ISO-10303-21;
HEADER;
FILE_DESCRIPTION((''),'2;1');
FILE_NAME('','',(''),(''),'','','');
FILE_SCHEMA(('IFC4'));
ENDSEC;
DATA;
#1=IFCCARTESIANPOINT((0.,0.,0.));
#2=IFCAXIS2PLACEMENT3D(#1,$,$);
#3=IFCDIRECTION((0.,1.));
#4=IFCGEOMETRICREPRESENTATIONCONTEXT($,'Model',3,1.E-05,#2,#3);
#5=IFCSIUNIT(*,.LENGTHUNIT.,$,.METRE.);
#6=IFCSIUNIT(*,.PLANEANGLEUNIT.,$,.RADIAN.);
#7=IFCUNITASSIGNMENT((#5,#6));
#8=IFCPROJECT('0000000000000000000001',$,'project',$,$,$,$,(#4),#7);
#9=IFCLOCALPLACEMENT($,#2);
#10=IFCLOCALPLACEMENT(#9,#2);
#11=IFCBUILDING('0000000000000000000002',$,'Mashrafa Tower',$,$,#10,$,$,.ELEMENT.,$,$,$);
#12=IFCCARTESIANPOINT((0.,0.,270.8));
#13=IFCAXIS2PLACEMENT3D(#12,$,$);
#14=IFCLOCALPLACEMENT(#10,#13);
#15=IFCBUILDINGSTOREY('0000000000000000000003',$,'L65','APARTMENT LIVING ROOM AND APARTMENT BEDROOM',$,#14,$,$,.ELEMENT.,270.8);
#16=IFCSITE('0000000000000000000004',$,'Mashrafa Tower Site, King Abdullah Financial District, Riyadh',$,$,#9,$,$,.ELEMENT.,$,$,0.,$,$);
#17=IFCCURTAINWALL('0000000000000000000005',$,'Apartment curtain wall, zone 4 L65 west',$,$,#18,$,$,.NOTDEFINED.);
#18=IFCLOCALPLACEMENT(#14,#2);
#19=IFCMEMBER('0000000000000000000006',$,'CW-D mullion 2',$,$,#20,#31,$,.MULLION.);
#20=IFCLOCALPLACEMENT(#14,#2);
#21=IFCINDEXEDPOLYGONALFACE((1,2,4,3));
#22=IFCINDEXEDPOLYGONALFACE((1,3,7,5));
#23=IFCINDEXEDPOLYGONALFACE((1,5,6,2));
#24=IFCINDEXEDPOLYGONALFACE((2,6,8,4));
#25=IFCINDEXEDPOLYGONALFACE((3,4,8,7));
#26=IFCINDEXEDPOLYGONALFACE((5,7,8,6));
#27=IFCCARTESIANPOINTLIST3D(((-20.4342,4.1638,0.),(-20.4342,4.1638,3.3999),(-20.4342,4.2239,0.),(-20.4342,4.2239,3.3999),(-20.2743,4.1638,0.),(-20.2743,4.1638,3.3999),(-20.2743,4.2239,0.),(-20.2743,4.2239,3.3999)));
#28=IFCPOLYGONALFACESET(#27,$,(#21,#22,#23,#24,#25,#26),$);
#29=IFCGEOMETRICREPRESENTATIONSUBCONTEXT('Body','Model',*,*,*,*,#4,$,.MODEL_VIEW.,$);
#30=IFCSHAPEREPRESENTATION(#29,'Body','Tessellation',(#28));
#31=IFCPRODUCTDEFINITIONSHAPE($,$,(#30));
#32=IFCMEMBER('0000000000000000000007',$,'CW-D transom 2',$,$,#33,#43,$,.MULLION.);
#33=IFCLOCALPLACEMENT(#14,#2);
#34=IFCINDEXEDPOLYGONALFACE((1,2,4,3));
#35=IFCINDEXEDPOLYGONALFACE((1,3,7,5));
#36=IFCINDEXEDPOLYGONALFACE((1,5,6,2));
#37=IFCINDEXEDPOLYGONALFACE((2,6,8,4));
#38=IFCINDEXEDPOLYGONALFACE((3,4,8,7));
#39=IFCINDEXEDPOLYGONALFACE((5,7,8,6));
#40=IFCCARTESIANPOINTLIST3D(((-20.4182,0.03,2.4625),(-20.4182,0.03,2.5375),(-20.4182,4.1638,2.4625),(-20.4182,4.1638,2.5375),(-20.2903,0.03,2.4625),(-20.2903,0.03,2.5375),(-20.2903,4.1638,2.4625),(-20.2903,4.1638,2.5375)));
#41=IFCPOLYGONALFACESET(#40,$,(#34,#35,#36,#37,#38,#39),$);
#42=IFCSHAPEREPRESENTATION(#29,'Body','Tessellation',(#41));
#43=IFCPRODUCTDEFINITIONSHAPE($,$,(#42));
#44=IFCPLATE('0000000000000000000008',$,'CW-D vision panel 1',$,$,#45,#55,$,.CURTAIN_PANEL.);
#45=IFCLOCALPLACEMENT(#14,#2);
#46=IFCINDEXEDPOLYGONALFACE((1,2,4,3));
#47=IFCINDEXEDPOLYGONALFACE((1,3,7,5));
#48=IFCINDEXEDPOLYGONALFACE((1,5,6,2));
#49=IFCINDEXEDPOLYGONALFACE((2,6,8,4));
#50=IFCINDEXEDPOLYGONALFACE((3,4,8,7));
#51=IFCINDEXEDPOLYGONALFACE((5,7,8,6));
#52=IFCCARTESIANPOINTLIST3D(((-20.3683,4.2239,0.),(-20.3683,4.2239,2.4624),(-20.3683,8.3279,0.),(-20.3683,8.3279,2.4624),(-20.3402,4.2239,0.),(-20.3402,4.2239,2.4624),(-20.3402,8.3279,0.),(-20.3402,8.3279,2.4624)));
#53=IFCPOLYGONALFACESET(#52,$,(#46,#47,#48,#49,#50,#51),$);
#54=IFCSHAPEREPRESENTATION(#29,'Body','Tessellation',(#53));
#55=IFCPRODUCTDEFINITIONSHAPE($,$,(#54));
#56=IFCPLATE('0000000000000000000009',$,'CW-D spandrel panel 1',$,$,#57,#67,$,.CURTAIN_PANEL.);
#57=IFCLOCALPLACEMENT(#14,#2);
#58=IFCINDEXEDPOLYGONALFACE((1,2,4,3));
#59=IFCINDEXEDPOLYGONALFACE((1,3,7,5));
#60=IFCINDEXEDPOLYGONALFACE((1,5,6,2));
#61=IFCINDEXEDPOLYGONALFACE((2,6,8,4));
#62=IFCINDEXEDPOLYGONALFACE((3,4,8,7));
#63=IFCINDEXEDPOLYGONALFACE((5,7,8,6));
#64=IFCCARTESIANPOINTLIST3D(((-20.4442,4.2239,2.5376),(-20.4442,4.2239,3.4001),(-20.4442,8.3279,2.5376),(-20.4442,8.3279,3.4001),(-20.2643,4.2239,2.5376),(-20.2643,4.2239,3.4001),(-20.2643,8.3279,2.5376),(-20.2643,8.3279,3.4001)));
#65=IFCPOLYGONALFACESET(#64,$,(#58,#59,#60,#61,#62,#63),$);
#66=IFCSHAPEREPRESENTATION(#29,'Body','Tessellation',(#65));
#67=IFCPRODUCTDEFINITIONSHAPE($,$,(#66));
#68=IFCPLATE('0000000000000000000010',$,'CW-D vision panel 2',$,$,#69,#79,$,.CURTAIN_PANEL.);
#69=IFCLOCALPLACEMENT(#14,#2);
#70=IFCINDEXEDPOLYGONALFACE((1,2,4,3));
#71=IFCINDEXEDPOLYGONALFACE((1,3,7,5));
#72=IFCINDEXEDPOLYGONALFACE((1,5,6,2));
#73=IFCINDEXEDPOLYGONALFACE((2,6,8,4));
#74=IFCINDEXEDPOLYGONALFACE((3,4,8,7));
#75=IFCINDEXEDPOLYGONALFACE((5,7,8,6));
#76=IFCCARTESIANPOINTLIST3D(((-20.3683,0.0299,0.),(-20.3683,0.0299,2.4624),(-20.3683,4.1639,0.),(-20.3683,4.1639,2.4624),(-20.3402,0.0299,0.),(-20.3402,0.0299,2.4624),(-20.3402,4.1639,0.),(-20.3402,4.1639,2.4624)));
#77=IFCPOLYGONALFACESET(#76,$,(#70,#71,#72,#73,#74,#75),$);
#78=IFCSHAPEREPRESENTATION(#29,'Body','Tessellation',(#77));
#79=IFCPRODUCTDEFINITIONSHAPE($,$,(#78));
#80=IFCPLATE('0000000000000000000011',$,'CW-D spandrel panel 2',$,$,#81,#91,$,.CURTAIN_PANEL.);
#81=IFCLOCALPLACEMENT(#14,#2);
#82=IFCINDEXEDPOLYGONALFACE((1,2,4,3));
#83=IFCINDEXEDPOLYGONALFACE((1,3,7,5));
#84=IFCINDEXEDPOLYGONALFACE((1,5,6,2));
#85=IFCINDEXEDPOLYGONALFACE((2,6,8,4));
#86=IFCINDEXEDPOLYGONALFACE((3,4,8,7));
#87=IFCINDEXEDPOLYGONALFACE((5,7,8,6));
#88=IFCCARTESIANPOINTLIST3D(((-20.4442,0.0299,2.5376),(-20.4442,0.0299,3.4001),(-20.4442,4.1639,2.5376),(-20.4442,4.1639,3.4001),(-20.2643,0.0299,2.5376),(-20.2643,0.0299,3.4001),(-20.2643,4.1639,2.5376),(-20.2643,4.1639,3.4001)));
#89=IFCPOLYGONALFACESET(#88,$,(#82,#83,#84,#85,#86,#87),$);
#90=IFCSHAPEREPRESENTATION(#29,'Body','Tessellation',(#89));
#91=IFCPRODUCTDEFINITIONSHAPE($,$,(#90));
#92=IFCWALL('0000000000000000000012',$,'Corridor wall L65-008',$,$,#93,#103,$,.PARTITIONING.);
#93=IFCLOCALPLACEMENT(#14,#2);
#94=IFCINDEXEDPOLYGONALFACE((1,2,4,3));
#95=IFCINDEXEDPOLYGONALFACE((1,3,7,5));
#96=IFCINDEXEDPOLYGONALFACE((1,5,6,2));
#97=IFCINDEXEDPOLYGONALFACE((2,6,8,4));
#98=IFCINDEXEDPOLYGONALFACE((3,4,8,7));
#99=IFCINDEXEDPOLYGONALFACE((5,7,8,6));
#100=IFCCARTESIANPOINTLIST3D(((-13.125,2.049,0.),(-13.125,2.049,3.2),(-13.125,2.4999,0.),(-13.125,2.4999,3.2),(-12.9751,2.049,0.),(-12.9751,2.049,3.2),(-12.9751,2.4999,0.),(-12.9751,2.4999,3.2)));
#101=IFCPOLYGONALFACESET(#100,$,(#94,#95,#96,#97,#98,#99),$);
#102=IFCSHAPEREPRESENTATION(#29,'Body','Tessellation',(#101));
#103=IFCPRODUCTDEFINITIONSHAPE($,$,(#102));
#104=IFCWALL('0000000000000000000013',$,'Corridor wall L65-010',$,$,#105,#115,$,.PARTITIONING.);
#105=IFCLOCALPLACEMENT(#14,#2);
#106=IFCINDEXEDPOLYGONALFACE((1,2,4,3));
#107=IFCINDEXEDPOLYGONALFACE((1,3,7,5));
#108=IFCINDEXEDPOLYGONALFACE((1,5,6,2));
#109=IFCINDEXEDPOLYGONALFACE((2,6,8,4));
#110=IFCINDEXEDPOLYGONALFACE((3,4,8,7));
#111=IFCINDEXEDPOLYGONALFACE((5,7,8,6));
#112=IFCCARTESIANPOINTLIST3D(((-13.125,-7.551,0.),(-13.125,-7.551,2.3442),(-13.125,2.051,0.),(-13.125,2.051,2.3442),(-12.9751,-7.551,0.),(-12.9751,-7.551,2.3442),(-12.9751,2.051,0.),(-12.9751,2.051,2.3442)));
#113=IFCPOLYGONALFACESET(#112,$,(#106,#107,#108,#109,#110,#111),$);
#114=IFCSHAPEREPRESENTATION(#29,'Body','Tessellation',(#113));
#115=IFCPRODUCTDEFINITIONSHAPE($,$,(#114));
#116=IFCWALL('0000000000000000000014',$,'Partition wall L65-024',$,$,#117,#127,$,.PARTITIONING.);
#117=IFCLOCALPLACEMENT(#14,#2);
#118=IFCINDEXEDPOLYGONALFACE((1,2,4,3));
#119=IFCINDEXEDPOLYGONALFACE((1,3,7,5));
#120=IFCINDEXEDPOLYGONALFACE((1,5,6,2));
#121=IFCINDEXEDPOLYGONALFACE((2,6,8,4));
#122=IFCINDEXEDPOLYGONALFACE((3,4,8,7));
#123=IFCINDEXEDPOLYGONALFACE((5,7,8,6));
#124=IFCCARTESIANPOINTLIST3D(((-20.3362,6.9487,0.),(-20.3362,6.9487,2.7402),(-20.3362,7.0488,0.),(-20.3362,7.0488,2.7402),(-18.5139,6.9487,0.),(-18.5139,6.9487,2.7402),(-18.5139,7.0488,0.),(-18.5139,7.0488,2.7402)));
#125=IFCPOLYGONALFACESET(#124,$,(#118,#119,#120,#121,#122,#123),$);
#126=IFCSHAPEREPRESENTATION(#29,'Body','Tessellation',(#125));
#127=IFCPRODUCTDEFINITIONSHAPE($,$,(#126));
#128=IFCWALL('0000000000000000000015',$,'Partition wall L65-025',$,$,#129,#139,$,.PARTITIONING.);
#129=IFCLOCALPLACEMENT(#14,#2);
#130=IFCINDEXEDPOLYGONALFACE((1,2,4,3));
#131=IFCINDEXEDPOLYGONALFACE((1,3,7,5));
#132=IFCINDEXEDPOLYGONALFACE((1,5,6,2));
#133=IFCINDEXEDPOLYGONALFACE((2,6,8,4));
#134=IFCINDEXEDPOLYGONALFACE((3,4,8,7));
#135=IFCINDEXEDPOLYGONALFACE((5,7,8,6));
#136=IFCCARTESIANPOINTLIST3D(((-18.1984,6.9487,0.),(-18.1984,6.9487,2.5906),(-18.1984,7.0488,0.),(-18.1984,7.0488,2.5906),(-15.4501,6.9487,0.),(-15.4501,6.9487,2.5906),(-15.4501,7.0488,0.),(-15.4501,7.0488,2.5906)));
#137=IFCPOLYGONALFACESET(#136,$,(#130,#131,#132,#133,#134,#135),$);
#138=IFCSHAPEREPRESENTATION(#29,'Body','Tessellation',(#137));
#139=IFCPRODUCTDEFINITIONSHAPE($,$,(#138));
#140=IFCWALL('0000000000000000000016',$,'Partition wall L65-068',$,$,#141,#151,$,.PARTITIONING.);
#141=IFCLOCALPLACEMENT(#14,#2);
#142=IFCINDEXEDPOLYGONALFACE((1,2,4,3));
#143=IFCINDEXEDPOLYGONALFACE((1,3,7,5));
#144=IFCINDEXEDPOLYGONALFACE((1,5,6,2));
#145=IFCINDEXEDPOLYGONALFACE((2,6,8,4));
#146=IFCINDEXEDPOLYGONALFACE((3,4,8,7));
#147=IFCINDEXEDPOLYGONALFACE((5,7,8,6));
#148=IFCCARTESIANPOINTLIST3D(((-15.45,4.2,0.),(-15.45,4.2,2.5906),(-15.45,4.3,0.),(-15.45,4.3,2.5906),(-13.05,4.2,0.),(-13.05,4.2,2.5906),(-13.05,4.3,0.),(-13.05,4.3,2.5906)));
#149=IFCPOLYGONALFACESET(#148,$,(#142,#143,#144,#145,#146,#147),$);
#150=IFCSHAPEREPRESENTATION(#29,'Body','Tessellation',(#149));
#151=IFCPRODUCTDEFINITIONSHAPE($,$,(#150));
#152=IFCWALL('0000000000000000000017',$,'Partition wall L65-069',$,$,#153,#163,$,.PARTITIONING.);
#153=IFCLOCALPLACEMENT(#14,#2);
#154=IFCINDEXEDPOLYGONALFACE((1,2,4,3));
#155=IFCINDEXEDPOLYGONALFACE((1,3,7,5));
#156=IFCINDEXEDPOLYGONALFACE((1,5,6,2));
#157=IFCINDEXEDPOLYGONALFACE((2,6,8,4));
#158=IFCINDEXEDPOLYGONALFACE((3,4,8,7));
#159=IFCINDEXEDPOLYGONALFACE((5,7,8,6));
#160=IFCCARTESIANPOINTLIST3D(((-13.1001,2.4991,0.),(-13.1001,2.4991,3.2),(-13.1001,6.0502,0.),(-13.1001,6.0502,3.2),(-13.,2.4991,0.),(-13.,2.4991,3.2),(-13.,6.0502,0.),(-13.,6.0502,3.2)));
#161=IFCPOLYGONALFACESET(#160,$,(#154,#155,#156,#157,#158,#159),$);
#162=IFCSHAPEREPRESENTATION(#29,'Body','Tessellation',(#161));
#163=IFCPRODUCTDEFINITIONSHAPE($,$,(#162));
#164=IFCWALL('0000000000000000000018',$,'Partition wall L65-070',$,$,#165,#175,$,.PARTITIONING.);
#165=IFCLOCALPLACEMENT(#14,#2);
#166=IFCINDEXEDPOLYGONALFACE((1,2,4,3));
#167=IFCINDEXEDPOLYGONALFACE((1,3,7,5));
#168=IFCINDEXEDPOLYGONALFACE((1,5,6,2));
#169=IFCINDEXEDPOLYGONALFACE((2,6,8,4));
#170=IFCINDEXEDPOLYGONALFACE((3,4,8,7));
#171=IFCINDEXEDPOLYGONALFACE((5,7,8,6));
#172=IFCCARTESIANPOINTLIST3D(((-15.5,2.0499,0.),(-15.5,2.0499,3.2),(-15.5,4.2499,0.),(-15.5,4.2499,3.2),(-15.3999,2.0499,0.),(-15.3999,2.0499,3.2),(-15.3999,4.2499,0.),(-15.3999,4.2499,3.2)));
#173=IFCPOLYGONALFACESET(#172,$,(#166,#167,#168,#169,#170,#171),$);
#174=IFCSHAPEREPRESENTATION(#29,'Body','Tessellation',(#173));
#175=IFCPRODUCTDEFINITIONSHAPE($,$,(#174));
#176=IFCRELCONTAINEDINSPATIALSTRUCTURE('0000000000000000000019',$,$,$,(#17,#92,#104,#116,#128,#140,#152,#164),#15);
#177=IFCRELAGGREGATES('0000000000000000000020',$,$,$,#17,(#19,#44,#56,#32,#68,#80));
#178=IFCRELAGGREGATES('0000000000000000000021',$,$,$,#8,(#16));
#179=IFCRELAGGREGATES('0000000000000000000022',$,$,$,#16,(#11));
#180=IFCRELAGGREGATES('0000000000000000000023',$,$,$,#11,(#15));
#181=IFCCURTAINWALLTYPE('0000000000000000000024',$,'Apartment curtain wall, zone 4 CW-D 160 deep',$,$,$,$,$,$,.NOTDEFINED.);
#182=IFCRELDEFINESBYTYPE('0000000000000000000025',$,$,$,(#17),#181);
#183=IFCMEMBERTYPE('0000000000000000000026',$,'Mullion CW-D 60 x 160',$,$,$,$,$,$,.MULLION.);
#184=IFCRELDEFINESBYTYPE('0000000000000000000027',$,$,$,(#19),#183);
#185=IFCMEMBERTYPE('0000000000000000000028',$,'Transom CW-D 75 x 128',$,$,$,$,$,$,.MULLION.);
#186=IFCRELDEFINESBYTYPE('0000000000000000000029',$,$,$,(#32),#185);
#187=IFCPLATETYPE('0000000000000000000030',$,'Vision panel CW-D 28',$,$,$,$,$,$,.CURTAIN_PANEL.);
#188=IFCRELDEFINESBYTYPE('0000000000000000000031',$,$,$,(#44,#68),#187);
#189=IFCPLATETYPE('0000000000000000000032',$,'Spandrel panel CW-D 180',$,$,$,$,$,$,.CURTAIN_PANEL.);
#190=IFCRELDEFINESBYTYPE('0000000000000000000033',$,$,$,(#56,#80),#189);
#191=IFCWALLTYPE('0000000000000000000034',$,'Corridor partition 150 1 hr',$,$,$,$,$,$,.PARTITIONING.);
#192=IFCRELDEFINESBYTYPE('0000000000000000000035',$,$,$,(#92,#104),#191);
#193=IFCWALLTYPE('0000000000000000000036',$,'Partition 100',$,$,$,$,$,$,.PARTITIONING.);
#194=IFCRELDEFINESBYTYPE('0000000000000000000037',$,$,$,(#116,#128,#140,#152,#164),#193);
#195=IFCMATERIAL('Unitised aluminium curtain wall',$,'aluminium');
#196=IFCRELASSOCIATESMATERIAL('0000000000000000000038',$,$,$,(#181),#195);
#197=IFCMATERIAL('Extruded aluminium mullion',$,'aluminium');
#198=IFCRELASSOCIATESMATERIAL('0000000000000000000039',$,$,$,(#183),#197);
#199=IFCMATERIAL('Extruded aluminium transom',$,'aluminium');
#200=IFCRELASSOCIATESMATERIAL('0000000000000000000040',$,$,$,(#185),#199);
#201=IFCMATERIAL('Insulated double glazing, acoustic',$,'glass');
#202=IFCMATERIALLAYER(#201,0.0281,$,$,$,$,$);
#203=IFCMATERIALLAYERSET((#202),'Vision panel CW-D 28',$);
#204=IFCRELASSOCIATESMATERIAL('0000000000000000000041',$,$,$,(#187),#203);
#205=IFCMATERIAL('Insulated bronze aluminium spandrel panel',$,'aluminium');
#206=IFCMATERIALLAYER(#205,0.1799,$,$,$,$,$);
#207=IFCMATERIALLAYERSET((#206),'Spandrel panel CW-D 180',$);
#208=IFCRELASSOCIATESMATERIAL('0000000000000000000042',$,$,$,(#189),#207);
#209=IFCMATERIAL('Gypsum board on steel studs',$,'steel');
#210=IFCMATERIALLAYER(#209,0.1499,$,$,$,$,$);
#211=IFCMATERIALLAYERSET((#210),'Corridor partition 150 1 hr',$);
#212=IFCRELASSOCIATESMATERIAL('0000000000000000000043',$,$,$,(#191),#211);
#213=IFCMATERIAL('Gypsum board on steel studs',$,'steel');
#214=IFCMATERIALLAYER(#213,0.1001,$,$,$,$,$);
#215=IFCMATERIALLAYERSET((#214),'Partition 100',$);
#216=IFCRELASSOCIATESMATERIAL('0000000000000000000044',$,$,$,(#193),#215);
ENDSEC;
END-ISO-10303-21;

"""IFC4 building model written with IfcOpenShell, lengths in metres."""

from ifc_helpers import new_model, si_unit, direction, frame, frame_2d, origin, origin_2d, place, context, subcontext, project, spatial, rectangle, extrude, source, transform, mapped, material, layer, layer_set, material_profile, profile_set, type_object, type_shapes, element, aggregate, save


model = new_model("IFC4")

# Units and contexts
model_context = context("Model", 3, precision=1e-05, world=origin(), true_north=direction((0.0, 1.0)))
body_context = subcontext(model_context, "Body", "Model", "MODEL_VIEW")
ifc_project = project(units=[si_unit("LENGTHUNIT", "METRE"), si_unit("PLANEANGLEUNIT", "RADIAN")], contexts=[model_context])

# Site, building, storey
site_placement = place(None, origin())
site = spatial("IfcSite", under=ifc_project, at=site_placement, Name="Mashrafa Tower Site, King Abdullah Financial District, Riyadh", CompositionType="ELEMENT", RefElevation=0.0)
building_placement = place(site_placement, origin())
building = spatial("IfcBuilding", under=site, at=building_placement, Name="Mashrafa Tower", CompositionType="ELEMENT")
storey_placement = place(building_placement, frame((0.0, 0.0, 270.8)))
storey = spatial("IfcBuildingStorey", under=building, at=storey_placement, Name="L65", Description="APARTMENT LIVING ROOM AND APARTMENT BEDROOM", CompositionType="ELEMENT", Elevation=270.8)

# Curtain wall, members, plates
ifc_material_1 = material(Name="Unitised aluminium curtain wall", Category="aluminium")
curtain_wall_type = type_object("IfcCurtainWallType", Name="Apartment curtain wall, zone 4 CW-D 160 deep", PredefinedType="NOTDEFINED", material=ifc_material_1)
curtain_wall_placement = place(storey_placement, origin())
curtain_wall = element("IfcCurtainWall", 1, at=curtain_wall_placement, inside=storey, type_object=curtain_wall_type, Name="Apartment curtain wall, zone 4 L65 west", PredefinedType="NOTDEFINED")
ifc_material_2 = material(Name="Extruded aluminium mullion", Category="aluminium")
ifc_material_profile_1 = material_profile(ifc_material_2, rectangle(XDim=0.1599, YDim=0.0601, at=origin_2d()), Name="Mullion 60x160")
ifc_profile_set_1 = profile_set([ifc_material_profile_1], Name="Extruded aluminium mullion")
member_type_1 = type_object("IfcMemberType", Name="Mullion CW-D 60 x 160", PredefinedType="MULLION", material=ifc_profile_set_1)
shared_shape_1 = source(origin(), body_context, "Body", "SweptSolid", [
    extrude(rectangle(XDim=0.1599, YDim=0.0601, at=origin_2d()), origin(), (0.0, 0.0, 1.0), 3.3999),
])
type_shapes(member_type_1, [shared_shape_1])
member_1_placement = place(storey_placement, frame((-20.3542, 4.1938, 0.0), z_axis=(0.0, 0.0, 1.0), x_axis=(1.0, 0.0, 0.0)))
member_1 = element("IfcMember", 2, at=member_1_placement, type_object=member_type_1, Name="CW-D mullion 2", PredefinedType="MULLION", context=body_context, shape_type="MappedRepresentation", body=[
    mapped(shared_shape_1, transform((0.0, 0.0, 0.0))),
])
ifc_material_3 = material(Name="Extruded aluminium transom", Category="aluminium")
ifc_material_profile_2 = material_profile(ifc_material_3, rectangle(XDim=0.1279, YDim=0.075, at=origin_2d()), Name="Transom 75x128")
ifc_profile_set_2 = profile_set([ifc_material_profile_2], Name="Extruded aluminium transom")
member_type_2 = type_object("IfcMemberType", Name="Transom CW-D 75 x 128", PredefinedType="MULLION", material=ifc_profile_set_2)
shared_shape_2 = source(origin(), body_context, "Body", "SweptSolid", [
    extrude(rectangle(XDim=0.1279, YDim=0.075, at=origin_2d()), origin(), (0.0, 0.0, 1.0), 4.1338),
])
type_shapes(member_type_2, [shared_shape_2])
member_2_placement = place(storey_placement, frame((-20.3542, 4.1638, 2.5), z_axis=(0.0, -1.0, 0.0), x_axis=(1.0, 0.0, 0.0)))
member_2 = element("IfcMember", 3, at=member_2_placement, type_object=member_type_2, Name="CW-D transom 2", PredefinedType="MULLION", context=body_context, shape_type="MappedRepresentation", body=[
    mapped(shared_shape_2, transform((0.0, 0.0, 0.0))),
])
ifc_material_4 = material(Name="Insulated double glazing, acoustic", Category="glass")
ifc_layer_1 = layer(ifc_material_4, 0.0281)
ifc_layer_set_1 = layer_set([ifc_layer_1], Name="Vision panel CW-D 28")
plate_type_1 = type_object("IfcPlateType", Name="Vision panel CW-D 28", PredefinedType="CURTAIN_PANEL", material=ifc_layer_set_1)
shared_shape_3 = source(origin(), body_context, "Body", "SweptSolid", [
    extrude(rectangle(XDim=4.104, YDim=0.0281, at=origin_2d()), origin(), (0.0, 0.0, 1.0), 2.4624),
])
plate_1_placement = place(storey_placement, frame((-20.3542, 6.2759, 0.0), z_axis=(0.0, 0.0, 1.0), x_axis=(0.0, -1.0, 0.0)))
plate_1 = element("IfcPlate", 4, at=plate_1_placement, type_object=plate_type_1, Name="CW-D vision panel 1", PredefinedType="CURTAIN_PANEL", context=body_context, shape_type="MappedRepresentation", body=[
    mapped(shared_shape_3, transform((0.0, 0.0, 0.0))),
])
ifc_material_5 = material(Name="Insulated bronze aluminium spandrel panel", Category="aluminium")
ifc_layer_2 = layer(ifc_material_5, 0.1799)
ifc_layer_set_2 = layer_set([ifc_layer_2], Name="Spandrel panel CW-D 180")
plate_type_2 = type_object("IfcPlateType", Name="Spandrel panel CW-D 180", PredefinedType="CURTAIN_PANEL", material=ifc_layer_set_2)
shared_shape_4 = source(origin(), body_context, "Body", "SweptSolid", [
    extrude(rectangle(XDim=4.104, YDim=0.1799, at=origin_2d()), origin(), (0.0, 0.0, 1.0), 0.8625),
])
plate_2_placement = place(storey_placement, frame((-20.3542, 6.2759, 2.5376), z_axis=(0.0, 0.0, 1.0), x_axis=(0.0, -1.0, 0.0)))
plate_2 = element("IfcPlate", 5, at=plate_2_placement, type_object=plate_type_2, Name="CW-D spandrel panel 1", PredefinedType="CURTAIN_PANEL", context=body_context, shape_type="MappedRepresentation", body=[
    mapped(shared_shape_4, transform((0.0, 0.0, 0.0))),
])
shared_shape_5 = source(origin(), body_context, "Body", "SweptSolid", [
    extrude(rectangle(XDim=4.134, YDim=0.0281, at=origin_2d()), origin(), (0.0, 0.0, 1.0), 2.4624),
])
type_shapes(plate_type_1, [shared_shape_3, shared_shape_5])
plate_3_placement = place(storey_placement, frame((-20.3542, 2.0969, 0.0), z_axis=(0.0, 0.0, 1.0), x_axis=(0.0, -1.0, 0.0)))
plate_3 = element("IfcPlate", 6, at=plate_3_placement, type_object=plate_type_1, Name="CW-D vision panel 2", PredefinedType="CURTAIN_PANEL", context=body_context, shape_type="MappedRepresentation", body=[
    mapped(shared_shape_5, transform((0.0, 0.0, 0.0))),
])
shared_shape_6 = source(origin(), body_context, "Body", "SweptSolid", [
    extrude(rectangle(XDim=4.134, YDim=0.1799, at=origin_2d()), origin(), (0.0, 0.0, 1.0), 0.8625),
])
type_shapes(plate_type_2, [shared_shape_4, shared_shape_6])
plate_4_placement = place(storey_placement, frame((-20.3542, 2.0969, 2.5376), z_axis=(0.0, 0.0, 1.0), x_axis=(0.0, -1.0, 0.0)))
plate_4 = element("IfcPlate", 7, at=plate_4_placement, type_object=plate_type_2, Name="CW-D spandrel panel 2", PredefinedType="CURTAIN_PANEL", context=body_context, shape_type="MappedRepresentation", body=[
    mapped(shared_shape_6, transform((0.0, 0.0, 0.0))),
])
aggregate(curtain_wall, [member_1, plate_1, plate_2, member_2, plate_3, plate_4])

# Walls
ifc_material_6 = material(Name="Gypsum board on steel studs", Category="steel")
ifc_layer_3 = layer(ifc_material_6, 0.1499)
ifc_layer_set_3 = layer_set([ifc_layer_3], Name="Corridor partition 150 1 hr")
wall_type_1 = type_object("IfcWallType", Name="Corridor partition 150 1 hr", PredefinedType="PARTITIONING", material=ifc_layer_set_3)
wall_1_placement = place(storey_placement, frame((-13.05, 2.5, 0.0), z_axis=(0.0, 0.0, 1.0), x_axis=(0.0, -1.0, 0.0)))
element("IfcWall", 8, at=wall_1_placement, inside=storey, type_object=wall_type_1, Name="Corridor wall L65-008", PredefinedType="PARTITIONING", context=body_context, shape_type="SweptSolid", body=[
    extrude(rectangle(XDim=0.4509, YDim=0.1499, at=frame_2d((0.2256, 0.0))), origin(), (0.0, 0.0, 1.0), 3.2),
])
wall_2_placement = place(storey_placement, frame((-13.05, 2.051, 0.0), z_axis=(0.0, 0.0, 1.0), x_axis=(0.0, -1.0, 0.0)))
element("IfcWall", 9, at=wall_2_placement, inside=storey, type_object=wall_type_1, Name="Corridor wall L65-010", PredefinedType="PARTITIONING", context=body_context, shape_type="SweptSolid", body=[
    extrude(rectangle(XDim=9.6021, YDim=0.1499, at=frame_2d((4.801, 0.0))), origin(), (0.0, 0.0, 1.0), 2.3442),
])
ifc_material_7 = material(Name="Gypsum board on steel studs", Category="steel")
ifc_layer_4 = layer(ifc_material_7, 0.1001)
ifc_layer_set_4 = layer_set([ifc_layer_4], Name="Partition 100")
wall_type_2 = type_object("IfcWallType", Name="Partition 100", PredefinedType="PARTITIONING", material=ifc_layer_set_4)
wall_3_placement = place(storey_placement, frame((-20.3362, 6.9988, 0.0), z_axis=(0.0, 0.0, 1.0), x_axis=(1.0, 0.0, 0.0)))
element("IfcWall", 10, at=wall_3_placement, inside=storey, type_object=wall_type_2, Name="Partition wall L65-024", PredefinedType="PARTITIONING", context=body_context, shape_type="SweptSolid", body=[
    extrude(rectangle(XDim=1.8223, YDim=0.1001, at=frame_2d((0.9111, 0.0))), origin(), (0.0, 0.0, 1.0), 2.7402),
])
wall_4_placement = place(storey_placement, frame((-18.1982, 6.9988, 0.0), z_axis=(0.0, 0.0, 1.0), x_axis=(1.0, 0.0, 0.0)))
element("IfcWall", 11, at=wall_4_placement, inside=storey, type_object=wall_type_2, Name="Partition wall L65-025", PredefinedType="PARTITIONING", context=body_context, shape_type="SweptSolid", body=[
    extrude(rectangle(XDim=2.7483, YDim=0.1001, at=frame_2d((1.374, 0.0))), origin(), (0.0, 0.0, 1.0), 2.5906),
])
wall_5_placement = place(storey_placement, frame((-15.45, 4.25, 0.0), z_axis=(0.0, 0.0, 1.0), x_axis=(1.0, 0.0, 0.0)))
element("IfcWall", 12, at=wall_5_placement, inside=storey, type_object=wall_type_2, Name="Partition wall L65-068", PredefinedType="PARTITIONING", context=body_context, shape_type="SweptSolid", body=[
    extrude(rectangle(XDim=2.3999, YDim=0.1001, at=frame_2d((1.2, 0.0))), origin(), (0.0, 0.0, 1.0), 2.5906),
])
wall_6_placement = place(storey_placement, frame((-13.05, 6.05, 0.0), z_axis=(0.0, 0.0, 1.0), x_axis=(0.0, -1.0, 0.0)))
element("IfcWall", 13, at=wall_6_placement, inside=storey, type_object=wall_type_2, Name="Partition wall L65-069", PredefinedType="PARTITIONING", context=body_context, shape_type="SweptSolid", body=[
    extrude(rectangle(XDim=3.551, YDim=0.1001, at=frame_2d((1.7754, 0.0))), origin(), (0.0, 0.0, 1.0), 3.2),
])
wall_7_placement = place(storey_placement, frame((-15.45, 4.25, 0.0), z_axis=(0.0, 0.0, 1.0), x_axis=(0.0, -1.0, 0.0)))
element("IfcWall", 14, at=wall_7_placement, inside=storey, type_object=wall_type_2, Name="Partition wall L65-070", PredefinedType="PARTITIONING", context=body_context, shape_type="SweptSolid", body=[
    extrude(rectangle(XDim=2.2, YDim=0.1001, at=frame_2d((1.1001, 0.0))), origin(), (0.0, 0.0, 1.0), 3.2),
])

save(model, "model.ifc")
